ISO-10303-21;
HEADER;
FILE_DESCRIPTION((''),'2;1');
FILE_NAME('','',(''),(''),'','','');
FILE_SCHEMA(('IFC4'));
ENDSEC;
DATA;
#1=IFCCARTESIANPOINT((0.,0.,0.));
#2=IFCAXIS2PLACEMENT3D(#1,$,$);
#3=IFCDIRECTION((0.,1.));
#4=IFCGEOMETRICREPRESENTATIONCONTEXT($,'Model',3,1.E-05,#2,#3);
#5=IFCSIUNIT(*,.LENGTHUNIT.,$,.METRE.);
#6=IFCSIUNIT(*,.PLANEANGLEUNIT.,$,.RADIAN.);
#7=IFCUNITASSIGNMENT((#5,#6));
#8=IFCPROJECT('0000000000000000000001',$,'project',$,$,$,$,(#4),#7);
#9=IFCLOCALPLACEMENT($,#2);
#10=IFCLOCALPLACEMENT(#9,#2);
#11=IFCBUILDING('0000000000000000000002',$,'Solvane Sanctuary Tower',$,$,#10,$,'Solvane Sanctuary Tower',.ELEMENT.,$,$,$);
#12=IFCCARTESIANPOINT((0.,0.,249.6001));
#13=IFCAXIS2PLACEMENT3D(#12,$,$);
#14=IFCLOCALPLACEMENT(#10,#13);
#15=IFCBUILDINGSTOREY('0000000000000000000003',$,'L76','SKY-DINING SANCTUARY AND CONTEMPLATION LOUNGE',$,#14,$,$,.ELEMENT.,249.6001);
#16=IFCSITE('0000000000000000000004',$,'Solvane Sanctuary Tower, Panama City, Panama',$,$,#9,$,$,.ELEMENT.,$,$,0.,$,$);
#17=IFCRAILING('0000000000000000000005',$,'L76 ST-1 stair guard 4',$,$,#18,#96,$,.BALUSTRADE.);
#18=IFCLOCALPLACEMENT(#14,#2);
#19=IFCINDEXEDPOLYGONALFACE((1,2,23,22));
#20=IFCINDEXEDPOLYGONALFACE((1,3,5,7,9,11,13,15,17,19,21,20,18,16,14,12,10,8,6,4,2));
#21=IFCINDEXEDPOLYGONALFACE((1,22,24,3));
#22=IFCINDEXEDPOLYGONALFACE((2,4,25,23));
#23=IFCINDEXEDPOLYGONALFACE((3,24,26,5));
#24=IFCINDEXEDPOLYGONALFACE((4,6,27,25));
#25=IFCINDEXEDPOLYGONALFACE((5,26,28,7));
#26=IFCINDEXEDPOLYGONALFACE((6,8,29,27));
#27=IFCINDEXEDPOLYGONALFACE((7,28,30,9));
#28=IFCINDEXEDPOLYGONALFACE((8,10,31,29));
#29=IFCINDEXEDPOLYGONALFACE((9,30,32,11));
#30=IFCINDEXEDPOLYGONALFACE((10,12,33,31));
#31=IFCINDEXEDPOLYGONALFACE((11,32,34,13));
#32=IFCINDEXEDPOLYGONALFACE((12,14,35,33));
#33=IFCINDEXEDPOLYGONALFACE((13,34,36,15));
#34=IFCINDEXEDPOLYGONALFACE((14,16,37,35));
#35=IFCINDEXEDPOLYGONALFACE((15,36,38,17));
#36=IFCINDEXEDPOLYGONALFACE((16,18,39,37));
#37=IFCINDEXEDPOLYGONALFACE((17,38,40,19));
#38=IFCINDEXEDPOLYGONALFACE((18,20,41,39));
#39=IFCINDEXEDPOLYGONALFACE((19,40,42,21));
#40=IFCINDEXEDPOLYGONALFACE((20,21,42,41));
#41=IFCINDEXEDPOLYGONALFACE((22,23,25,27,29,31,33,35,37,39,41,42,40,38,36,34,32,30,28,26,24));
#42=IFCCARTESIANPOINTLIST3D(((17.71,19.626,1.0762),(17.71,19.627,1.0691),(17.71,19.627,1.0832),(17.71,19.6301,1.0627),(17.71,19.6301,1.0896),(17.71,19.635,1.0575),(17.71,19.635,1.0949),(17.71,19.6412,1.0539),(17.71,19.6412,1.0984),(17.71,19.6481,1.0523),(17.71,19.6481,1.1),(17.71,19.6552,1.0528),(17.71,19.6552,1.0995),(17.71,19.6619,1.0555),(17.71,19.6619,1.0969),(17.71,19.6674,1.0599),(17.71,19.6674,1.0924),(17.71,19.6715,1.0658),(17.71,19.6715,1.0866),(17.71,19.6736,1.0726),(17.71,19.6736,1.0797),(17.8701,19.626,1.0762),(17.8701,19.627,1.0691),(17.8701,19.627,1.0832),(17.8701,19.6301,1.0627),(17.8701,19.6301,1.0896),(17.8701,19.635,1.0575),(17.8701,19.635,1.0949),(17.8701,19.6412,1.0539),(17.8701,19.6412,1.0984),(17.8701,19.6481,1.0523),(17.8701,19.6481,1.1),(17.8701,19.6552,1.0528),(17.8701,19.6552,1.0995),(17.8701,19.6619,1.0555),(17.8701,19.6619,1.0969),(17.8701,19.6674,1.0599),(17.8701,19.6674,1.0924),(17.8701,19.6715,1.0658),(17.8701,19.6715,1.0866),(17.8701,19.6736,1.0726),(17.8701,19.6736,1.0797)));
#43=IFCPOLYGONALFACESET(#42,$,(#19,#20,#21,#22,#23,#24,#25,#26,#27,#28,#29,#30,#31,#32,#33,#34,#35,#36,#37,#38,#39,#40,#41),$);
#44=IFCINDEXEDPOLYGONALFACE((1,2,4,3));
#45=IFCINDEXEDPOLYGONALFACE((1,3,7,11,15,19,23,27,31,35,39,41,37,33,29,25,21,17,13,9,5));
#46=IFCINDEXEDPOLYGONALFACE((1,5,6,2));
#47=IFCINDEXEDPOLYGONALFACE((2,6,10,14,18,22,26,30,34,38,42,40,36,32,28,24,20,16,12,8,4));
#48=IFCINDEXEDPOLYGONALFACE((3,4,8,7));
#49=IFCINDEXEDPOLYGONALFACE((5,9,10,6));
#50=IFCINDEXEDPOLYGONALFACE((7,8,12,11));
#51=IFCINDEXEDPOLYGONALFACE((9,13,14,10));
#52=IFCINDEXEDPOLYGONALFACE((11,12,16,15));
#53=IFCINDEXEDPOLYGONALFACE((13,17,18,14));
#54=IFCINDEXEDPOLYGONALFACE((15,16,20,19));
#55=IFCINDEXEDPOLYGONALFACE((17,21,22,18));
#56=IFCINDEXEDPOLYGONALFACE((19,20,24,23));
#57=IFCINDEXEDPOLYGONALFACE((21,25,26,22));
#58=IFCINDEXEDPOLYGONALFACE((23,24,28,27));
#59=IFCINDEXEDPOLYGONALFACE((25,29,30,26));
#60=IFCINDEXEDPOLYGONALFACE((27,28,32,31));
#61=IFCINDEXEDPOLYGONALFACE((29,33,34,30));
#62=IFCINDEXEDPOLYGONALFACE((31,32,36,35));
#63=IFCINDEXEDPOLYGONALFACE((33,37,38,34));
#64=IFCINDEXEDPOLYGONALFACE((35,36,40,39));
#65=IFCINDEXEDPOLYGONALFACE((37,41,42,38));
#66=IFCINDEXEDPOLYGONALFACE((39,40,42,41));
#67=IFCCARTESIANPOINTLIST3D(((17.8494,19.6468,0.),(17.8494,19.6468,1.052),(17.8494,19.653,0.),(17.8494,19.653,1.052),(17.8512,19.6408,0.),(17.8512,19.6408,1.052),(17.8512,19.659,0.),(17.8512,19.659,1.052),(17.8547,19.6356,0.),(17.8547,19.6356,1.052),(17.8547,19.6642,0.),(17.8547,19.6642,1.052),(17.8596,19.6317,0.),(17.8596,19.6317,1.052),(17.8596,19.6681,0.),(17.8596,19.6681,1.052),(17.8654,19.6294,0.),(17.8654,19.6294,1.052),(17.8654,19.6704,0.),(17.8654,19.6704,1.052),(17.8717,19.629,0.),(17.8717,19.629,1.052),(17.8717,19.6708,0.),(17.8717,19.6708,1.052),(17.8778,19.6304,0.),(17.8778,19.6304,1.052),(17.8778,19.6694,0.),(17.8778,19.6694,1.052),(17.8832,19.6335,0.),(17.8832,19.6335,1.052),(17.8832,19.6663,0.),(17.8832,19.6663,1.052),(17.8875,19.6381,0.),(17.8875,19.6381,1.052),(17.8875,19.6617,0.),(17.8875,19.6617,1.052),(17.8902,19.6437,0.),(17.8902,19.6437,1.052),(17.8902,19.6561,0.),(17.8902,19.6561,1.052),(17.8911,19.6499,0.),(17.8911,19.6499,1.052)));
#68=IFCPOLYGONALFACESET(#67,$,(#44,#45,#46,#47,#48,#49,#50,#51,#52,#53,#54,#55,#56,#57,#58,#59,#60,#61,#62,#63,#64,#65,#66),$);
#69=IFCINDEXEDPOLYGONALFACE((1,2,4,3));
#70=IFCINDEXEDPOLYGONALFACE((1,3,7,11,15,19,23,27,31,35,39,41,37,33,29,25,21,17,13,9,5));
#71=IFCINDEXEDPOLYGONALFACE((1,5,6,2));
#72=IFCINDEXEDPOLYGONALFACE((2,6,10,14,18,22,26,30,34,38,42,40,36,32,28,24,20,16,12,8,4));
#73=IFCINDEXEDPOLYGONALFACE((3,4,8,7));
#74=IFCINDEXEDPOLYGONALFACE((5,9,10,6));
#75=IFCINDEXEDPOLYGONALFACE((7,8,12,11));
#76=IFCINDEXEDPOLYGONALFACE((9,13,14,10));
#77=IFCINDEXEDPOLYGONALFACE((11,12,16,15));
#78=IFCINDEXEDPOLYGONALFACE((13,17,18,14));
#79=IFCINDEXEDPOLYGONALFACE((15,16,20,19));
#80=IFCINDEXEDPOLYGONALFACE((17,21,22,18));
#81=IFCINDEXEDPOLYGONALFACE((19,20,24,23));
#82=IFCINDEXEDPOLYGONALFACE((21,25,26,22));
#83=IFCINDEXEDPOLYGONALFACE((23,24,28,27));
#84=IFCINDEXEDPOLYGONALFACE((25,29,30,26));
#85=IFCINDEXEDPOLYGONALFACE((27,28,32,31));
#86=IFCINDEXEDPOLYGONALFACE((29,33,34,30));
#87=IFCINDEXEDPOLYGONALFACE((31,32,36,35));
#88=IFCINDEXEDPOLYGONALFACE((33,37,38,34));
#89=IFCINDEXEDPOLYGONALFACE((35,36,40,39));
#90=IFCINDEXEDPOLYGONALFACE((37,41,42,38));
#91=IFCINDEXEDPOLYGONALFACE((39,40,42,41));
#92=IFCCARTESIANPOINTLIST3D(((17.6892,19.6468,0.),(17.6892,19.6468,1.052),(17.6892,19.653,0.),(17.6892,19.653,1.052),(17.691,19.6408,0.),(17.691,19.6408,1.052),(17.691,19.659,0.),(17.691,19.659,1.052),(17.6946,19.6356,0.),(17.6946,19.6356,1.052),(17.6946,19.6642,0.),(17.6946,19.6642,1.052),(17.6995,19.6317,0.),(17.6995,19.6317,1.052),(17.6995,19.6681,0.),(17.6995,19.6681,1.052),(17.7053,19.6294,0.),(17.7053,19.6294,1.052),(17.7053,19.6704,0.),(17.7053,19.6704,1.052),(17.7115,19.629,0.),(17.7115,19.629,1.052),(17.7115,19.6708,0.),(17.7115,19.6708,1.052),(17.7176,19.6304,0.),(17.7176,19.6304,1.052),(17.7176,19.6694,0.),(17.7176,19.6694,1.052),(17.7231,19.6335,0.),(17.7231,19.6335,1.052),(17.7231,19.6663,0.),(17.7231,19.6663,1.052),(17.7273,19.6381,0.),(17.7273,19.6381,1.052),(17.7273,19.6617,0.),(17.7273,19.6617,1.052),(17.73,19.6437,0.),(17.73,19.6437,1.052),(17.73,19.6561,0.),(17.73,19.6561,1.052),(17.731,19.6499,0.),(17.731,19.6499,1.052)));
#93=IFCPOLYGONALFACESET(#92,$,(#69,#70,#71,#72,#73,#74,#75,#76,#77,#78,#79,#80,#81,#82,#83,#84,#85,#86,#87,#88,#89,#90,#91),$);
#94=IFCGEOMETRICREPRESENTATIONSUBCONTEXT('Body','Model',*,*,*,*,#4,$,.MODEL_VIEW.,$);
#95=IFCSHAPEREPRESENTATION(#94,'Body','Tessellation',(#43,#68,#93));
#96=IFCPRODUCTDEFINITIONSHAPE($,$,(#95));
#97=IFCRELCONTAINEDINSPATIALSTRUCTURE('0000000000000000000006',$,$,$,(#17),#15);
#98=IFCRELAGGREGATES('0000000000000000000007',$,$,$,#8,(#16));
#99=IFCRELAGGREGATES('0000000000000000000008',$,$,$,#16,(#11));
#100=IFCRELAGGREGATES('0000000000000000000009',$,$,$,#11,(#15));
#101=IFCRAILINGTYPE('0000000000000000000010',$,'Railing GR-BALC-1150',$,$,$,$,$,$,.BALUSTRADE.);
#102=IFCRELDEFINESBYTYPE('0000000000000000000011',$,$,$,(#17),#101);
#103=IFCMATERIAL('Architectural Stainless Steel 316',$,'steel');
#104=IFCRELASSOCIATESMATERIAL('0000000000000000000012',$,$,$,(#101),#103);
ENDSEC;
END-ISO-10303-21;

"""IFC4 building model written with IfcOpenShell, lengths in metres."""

from ifc_helpers import new_model, si_unit, direction, frame, origin, origin_2d, place, context, subcontext, project, spatial, circle, extrude, material, type_object, element, save


model = new_model("IFC4")

# Units and contexts
model_context = context("Model", 3, precision=1e-05, world=origin(), true_north=direction((0.0, 1.0)))
body_context = subcontext(model_context, "Body", "Model", "MODEL_VIEW")
ifc_project = project(units=[si_unit("LENGTHUNIT", "METRE"), si_unit("PLANEANGLEUNIT", "RADIAN")], contexts=[model_context])

# Site, building, storey
site_placement = place(None, origin())
site = spatial("IfcSite", under=ifc_project, at=site_placement, Name="Solvane Sanctuary Tower, Panama City, Panama", CompositionType="ELEMENT", RefElevation=0.0)
building_placement = place(site_placement, origin())
building = spatial("IfcBuilding", under=site, at=building_placement, Name="Solvane Sanctuary Tower", LongName="Solvane Sanctuary Tower", CompositionType="ELEMENT")
storey_placement = place(building_placement, frame((0.0, 0.0, 249.6001)))
storey = spatial("IfcBuildingStorey", under=building, at=storey_placement, Name="L76", Description="SKY-DINING SANCTUARY AND CONTEMPLATION LOUNGE", CompositionType="ELEMENT", Elevation=249.6001)

# Shared definitions
ifc_material_1 = material(Name="Architectural Stainless Steel 316", Category="steel")

# Railing
railing_type_1 = type_object("IfcRailingType", Name="Railing GR-BALC-1150", PredefinedType="BALUSTRADE", material=ifc_material_1)
railing_1_placement = place(storey_placement, frame((17.8701, 19.6499, 0.0)))
element("IfcRailing", 1, at=railing_1_placement, inside=storey, type_object=railing_type_1, Name="L76 ST-1 stair guard 4", PredefinedType="BALUSTRADE", context=body_context, shape_type="SweptSolid", body=[
    extrude(circle(Radius=0.0239, at=origin_2d()), frame((0.0, 0.0, 1.0762), z_axis=(-1.0, 0.0, 0.0), x_axis=(0.0, -1.0, 0.0)), (0.0, 0.0, 1.0), 0.1602),
    extrude(circle(Radius=0.021, at=origin_2d()), origin(), (0.0, 0.0, 1.0), 1.052),
    extrude(circle(Radius=0.021, at=origin_2d()), frame((-0.1602, 0.0, 0.0)), (0.0, 0.0, 1.0), 1.052),
])

save(model, "model.ifc")
